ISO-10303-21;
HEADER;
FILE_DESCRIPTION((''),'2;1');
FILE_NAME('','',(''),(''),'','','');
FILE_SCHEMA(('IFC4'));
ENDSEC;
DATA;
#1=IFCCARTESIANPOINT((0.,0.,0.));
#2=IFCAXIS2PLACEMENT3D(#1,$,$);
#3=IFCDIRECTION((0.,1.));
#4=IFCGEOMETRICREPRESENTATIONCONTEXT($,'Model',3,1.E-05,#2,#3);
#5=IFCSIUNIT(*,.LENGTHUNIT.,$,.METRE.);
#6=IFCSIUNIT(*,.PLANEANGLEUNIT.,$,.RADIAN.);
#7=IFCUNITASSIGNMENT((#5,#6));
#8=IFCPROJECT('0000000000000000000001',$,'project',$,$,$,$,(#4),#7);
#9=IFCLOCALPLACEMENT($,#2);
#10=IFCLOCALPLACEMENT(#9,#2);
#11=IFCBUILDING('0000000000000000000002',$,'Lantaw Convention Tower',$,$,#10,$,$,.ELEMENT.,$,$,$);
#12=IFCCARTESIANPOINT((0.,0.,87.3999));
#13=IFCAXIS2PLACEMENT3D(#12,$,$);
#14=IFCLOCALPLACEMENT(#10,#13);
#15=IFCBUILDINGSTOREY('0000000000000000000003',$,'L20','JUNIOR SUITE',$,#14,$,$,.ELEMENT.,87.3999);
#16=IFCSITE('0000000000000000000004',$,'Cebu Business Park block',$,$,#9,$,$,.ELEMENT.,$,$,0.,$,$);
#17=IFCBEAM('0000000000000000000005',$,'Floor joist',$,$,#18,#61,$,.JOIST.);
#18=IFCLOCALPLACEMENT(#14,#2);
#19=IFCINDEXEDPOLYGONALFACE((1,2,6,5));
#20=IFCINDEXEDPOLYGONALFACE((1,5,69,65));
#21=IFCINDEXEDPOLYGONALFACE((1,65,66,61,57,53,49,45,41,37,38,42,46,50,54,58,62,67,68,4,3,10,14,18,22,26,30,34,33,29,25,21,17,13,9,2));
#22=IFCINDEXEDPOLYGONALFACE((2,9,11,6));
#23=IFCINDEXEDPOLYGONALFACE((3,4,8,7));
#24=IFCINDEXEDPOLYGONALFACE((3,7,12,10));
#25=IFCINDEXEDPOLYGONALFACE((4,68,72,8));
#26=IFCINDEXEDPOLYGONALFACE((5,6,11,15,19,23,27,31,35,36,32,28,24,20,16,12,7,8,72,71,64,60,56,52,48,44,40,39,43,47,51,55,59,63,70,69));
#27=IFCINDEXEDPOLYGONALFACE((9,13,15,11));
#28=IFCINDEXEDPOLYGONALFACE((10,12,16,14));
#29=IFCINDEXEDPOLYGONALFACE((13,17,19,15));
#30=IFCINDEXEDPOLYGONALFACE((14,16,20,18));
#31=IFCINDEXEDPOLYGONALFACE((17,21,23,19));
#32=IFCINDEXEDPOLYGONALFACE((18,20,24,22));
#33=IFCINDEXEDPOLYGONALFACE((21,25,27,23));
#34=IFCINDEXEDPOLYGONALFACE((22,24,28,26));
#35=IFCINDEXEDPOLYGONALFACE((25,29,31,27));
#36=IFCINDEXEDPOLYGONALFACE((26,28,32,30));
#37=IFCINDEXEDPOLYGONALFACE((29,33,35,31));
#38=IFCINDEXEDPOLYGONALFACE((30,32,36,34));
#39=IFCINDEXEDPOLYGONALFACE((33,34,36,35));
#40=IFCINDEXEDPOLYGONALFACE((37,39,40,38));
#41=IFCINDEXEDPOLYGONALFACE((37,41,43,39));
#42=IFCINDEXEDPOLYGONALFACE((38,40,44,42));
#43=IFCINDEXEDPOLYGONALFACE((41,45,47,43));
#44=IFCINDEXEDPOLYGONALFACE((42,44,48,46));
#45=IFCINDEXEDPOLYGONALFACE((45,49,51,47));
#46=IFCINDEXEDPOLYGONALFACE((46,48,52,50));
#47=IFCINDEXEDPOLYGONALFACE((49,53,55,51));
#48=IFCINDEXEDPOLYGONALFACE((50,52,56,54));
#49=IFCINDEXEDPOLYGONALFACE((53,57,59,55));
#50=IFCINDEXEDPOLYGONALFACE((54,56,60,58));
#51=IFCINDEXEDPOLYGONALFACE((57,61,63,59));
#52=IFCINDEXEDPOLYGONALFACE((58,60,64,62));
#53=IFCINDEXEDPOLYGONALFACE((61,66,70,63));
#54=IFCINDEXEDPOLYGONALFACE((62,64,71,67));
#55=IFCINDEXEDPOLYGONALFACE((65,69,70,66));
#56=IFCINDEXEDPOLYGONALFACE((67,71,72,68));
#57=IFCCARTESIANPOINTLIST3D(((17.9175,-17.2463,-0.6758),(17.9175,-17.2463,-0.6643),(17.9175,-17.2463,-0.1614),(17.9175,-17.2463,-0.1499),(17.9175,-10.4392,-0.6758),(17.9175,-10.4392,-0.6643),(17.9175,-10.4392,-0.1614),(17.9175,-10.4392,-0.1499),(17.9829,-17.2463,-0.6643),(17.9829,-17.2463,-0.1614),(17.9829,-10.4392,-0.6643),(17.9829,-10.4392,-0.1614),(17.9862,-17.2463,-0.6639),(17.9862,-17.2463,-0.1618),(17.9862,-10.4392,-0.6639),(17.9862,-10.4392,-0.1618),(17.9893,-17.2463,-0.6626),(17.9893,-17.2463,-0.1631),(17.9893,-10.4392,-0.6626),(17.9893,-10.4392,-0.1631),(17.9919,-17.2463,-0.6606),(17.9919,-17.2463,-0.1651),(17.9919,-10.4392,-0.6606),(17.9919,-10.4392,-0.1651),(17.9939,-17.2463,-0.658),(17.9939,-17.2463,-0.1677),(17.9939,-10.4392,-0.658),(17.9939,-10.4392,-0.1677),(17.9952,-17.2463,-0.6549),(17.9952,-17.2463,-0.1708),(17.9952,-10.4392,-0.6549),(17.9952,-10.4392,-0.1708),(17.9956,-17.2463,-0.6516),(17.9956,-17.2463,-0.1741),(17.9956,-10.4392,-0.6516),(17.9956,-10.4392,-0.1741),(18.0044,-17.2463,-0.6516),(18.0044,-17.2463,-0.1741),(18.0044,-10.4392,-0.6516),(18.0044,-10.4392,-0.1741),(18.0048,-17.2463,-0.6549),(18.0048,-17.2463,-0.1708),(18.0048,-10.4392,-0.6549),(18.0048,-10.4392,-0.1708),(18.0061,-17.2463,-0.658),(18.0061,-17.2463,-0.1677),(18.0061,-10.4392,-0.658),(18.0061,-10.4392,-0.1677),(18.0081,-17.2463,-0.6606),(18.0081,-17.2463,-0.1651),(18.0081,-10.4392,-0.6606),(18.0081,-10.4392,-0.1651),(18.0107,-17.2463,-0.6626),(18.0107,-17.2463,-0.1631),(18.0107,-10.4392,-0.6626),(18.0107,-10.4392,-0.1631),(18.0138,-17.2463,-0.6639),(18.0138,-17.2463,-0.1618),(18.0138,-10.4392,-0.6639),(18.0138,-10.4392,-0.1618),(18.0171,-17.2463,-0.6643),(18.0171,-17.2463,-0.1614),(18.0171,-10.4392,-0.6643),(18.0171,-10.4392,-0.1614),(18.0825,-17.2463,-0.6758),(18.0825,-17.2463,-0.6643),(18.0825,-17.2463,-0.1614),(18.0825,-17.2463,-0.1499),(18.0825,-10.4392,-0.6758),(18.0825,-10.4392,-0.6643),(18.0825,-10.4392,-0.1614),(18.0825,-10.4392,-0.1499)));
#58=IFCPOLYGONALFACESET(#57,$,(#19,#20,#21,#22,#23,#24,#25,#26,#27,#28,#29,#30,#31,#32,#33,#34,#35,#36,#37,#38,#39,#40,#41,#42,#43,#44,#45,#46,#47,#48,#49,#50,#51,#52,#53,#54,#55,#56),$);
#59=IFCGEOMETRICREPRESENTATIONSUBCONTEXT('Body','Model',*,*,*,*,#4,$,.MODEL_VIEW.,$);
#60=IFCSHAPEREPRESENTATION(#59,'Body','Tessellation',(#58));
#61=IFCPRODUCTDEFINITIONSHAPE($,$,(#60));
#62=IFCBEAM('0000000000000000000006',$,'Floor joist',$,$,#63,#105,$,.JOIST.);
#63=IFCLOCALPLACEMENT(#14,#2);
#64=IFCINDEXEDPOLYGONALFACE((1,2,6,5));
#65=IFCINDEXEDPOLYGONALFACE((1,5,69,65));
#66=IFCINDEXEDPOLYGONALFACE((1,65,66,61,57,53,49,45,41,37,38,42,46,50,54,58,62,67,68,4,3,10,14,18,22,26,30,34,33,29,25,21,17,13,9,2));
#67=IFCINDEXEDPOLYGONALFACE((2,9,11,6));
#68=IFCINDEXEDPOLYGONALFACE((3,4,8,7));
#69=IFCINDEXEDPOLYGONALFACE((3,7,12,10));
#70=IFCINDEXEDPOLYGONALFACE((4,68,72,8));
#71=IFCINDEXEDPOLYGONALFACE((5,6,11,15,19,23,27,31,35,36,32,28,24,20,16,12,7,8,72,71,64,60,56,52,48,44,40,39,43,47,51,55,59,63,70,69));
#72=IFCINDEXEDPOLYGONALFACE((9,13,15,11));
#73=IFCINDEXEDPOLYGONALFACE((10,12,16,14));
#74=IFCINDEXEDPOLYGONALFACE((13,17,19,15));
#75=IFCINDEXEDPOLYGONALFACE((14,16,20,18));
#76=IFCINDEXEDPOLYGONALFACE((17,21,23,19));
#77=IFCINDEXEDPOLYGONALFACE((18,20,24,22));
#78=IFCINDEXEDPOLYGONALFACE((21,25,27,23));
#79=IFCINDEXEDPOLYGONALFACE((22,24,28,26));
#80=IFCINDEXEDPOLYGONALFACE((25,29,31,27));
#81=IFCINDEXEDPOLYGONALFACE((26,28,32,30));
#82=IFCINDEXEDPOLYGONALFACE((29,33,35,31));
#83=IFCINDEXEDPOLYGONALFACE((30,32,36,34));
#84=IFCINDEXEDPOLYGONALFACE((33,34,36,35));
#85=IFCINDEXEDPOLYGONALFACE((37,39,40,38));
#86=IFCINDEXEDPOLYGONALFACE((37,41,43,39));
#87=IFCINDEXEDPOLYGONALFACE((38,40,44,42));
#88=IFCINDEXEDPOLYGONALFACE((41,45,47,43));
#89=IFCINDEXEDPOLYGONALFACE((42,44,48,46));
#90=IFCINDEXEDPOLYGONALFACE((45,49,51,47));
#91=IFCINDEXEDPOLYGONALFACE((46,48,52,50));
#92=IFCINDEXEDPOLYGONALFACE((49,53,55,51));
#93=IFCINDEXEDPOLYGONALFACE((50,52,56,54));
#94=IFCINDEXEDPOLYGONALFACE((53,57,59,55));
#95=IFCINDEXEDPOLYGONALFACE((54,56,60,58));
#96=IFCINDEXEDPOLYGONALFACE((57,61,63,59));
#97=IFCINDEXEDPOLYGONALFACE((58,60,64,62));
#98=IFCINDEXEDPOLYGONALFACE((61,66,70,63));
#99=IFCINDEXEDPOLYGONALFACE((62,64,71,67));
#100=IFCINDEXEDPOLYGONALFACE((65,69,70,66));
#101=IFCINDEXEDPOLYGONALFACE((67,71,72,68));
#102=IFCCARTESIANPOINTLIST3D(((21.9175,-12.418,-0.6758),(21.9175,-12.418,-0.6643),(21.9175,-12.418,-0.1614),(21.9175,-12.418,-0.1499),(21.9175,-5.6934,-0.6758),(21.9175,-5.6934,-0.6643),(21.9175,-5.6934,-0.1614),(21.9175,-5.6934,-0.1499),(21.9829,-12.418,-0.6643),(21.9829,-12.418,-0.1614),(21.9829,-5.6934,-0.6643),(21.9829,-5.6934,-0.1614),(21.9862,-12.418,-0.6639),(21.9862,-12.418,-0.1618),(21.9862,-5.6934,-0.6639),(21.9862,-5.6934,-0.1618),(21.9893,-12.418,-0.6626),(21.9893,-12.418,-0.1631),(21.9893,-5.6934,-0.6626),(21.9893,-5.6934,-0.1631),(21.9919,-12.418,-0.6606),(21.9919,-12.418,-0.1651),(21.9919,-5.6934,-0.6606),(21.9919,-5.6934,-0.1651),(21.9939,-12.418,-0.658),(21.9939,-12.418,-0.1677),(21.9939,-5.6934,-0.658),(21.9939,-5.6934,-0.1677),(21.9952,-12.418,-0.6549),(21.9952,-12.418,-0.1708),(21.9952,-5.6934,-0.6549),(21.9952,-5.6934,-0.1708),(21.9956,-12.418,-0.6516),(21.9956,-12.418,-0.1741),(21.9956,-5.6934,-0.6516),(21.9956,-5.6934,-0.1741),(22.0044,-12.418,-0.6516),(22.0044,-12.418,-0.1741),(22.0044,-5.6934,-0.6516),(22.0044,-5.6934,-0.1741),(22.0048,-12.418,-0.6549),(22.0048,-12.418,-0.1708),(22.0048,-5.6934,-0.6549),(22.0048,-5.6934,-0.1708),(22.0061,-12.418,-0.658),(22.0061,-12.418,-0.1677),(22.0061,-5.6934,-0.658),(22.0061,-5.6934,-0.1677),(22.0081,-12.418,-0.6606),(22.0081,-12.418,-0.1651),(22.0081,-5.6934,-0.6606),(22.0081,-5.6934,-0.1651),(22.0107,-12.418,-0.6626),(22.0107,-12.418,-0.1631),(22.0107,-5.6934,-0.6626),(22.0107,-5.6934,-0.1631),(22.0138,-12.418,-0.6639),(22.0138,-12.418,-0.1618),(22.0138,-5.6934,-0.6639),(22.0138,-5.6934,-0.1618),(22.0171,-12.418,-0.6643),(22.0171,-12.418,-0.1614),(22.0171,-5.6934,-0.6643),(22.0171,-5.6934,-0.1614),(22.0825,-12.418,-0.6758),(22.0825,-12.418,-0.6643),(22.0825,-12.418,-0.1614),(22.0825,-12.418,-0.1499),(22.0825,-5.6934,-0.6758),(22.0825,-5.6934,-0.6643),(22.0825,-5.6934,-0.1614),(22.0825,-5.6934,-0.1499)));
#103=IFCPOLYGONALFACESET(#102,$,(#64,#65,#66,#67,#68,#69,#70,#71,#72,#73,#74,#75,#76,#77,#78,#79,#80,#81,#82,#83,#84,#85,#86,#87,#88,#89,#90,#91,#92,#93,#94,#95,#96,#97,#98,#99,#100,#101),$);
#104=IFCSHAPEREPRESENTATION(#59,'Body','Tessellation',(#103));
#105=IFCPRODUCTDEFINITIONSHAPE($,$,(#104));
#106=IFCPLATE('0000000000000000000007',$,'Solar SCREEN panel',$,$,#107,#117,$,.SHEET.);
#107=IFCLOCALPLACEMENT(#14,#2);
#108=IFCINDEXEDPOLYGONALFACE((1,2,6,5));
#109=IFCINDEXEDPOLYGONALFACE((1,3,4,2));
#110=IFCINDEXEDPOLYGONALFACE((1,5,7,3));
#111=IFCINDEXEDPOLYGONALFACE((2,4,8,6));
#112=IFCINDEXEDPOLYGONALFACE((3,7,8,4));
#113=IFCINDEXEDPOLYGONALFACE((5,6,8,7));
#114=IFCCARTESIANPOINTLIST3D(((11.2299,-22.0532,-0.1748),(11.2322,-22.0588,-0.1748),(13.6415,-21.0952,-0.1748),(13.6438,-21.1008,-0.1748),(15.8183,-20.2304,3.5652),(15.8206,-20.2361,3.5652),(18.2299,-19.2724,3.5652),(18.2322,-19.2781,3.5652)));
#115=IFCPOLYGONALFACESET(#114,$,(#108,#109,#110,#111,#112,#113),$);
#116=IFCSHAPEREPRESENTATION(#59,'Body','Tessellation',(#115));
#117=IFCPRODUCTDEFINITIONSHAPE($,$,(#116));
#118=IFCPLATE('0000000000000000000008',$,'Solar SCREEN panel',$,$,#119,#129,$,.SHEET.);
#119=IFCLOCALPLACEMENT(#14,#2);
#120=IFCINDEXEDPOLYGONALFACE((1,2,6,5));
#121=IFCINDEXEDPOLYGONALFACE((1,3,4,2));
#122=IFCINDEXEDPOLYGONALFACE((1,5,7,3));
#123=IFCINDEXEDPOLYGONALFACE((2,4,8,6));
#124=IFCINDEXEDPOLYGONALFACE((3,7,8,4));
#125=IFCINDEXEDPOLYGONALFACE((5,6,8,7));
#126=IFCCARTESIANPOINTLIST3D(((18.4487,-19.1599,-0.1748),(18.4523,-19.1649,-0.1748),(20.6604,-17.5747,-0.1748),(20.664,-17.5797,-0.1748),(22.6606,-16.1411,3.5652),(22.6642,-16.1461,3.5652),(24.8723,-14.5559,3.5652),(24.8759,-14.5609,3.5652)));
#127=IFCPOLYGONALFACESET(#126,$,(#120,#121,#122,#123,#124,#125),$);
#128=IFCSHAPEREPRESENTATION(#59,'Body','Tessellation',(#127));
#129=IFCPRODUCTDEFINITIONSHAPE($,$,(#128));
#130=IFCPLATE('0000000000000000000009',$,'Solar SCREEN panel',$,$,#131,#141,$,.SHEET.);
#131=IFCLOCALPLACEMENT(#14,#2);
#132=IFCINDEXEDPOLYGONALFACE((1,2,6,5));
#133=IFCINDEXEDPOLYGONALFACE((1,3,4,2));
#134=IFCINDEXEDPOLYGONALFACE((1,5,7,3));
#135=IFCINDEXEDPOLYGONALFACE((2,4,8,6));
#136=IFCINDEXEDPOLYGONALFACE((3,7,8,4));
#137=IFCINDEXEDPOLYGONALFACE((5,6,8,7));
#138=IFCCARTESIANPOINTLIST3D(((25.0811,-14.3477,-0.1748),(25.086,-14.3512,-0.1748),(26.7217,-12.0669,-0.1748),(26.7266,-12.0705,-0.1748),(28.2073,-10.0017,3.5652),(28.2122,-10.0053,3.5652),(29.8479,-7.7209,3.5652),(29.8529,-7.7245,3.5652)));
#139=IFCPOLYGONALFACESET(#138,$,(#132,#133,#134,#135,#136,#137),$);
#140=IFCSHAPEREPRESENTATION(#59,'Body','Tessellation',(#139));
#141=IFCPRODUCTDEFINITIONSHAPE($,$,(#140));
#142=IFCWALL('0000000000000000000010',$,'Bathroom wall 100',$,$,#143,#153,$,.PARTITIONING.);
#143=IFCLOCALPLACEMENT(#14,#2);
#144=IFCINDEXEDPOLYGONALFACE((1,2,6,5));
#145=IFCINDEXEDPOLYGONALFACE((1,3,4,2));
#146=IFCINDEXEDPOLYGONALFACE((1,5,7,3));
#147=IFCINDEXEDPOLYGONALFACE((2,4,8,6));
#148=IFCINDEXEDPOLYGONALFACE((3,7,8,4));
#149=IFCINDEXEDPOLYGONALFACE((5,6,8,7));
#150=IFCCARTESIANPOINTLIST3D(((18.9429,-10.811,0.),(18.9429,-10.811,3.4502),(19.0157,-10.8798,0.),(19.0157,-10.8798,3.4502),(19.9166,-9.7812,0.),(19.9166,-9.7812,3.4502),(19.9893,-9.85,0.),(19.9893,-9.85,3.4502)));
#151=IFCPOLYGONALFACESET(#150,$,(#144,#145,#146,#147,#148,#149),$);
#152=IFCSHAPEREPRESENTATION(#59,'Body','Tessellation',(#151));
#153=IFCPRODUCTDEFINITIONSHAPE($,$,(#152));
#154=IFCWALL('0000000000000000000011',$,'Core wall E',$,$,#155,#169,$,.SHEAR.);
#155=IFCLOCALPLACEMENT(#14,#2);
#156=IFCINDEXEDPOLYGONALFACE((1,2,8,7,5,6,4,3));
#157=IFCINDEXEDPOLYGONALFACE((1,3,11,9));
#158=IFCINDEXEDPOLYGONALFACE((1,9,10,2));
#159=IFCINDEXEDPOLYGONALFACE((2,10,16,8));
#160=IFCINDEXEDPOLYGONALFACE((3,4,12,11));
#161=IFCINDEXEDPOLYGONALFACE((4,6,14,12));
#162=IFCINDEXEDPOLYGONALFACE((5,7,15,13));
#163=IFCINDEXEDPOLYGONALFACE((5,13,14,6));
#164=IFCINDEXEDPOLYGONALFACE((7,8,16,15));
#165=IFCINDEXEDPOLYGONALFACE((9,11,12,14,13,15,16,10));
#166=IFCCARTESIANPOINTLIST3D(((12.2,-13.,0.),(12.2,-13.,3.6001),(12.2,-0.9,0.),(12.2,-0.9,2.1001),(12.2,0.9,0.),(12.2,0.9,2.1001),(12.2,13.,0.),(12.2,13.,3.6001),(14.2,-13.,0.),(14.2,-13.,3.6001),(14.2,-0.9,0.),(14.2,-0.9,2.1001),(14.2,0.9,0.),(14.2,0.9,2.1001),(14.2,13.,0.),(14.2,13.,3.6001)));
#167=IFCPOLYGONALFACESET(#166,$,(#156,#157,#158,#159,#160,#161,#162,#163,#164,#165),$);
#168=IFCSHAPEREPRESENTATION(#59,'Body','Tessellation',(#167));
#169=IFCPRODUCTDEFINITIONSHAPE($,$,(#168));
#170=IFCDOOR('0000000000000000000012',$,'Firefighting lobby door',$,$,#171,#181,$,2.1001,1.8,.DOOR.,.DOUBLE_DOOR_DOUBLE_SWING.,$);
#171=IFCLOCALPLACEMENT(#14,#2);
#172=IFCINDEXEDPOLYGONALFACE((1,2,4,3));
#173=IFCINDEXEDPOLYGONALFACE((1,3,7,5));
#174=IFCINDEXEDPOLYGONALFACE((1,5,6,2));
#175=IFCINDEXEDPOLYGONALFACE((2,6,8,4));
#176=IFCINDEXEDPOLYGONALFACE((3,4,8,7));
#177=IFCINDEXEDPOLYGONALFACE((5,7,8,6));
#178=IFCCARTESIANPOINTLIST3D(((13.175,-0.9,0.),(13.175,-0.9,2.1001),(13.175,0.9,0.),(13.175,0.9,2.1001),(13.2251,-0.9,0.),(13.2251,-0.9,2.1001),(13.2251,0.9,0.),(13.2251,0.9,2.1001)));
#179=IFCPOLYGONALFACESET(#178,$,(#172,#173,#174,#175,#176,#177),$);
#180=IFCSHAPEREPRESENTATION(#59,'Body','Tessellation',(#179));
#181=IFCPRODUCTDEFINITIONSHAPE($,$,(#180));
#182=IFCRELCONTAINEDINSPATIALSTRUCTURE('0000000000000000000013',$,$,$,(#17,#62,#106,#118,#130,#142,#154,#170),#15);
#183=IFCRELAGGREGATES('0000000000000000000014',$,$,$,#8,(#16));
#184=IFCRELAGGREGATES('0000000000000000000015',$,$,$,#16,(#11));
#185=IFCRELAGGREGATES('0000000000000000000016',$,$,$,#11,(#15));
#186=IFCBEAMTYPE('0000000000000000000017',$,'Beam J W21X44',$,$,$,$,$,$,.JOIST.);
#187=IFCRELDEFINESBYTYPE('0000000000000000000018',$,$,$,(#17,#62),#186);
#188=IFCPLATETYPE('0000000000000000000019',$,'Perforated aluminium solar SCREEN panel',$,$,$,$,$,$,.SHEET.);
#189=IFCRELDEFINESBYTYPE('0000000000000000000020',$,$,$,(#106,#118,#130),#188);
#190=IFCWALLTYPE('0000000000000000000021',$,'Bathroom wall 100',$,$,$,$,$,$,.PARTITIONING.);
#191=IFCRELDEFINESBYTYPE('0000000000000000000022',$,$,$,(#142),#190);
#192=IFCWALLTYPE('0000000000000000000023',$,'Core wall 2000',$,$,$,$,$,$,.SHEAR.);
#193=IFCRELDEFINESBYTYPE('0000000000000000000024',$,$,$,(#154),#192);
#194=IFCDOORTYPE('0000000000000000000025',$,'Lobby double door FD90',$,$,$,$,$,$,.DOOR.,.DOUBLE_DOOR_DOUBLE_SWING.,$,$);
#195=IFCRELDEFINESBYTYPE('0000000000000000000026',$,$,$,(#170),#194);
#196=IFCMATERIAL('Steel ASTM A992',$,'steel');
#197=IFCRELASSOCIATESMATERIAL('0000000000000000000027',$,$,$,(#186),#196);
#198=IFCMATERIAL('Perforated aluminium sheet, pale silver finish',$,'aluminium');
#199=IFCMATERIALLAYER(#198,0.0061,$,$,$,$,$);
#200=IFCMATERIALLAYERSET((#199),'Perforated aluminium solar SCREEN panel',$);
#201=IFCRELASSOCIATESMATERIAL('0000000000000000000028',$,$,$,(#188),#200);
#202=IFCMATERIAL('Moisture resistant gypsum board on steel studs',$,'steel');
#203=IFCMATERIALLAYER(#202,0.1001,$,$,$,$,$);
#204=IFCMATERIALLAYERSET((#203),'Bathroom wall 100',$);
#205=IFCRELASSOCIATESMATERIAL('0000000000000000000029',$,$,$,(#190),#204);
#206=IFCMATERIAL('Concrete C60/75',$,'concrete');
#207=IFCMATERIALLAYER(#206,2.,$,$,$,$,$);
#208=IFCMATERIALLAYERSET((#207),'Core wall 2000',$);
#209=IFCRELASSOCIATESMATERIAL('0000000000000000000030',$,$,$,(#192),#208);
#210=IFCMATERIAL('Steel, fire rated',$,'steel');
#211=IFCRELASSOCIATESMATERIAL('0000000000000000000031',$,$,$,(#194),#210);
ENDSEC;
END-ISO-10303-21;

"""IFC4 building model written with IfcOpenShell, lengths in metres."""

from ifc_helpers import new_model, si_unit, direction, frame, frame_2d, origin, origin_2d, place, context, subcontext, project, spatial, polyline, rectangle, i_section, outline, extrude, material, layer, layer_set, material_profile, profile_set, type_object, element, fill, save


model = new_model("IFC4")

# Units and contexts
model_context = context("Model", 3, precision=1e-05, world=origin(), true_north=direction((0.0, 1.0)))
body_context = subcontext(model_context, "Body", "Model", "MODEL_VIEW")
ifc_project = project(units=[si_unit("LENGTHUNIT", "METRE"), si_unit("PLANEANGLEUNIT", "RADIAN")], contexts=[model_context])

# Site, building, storey
site_placement = place(None, origin())
site = spatial("IfcSite", under=ifc_project, at=site_placement, Name="Cebu Business Park block", CompositionType="ELEMENT", RefElevation=0.0)
building_placement = place(site_placement, origin())
building = spatial("IfcBuilding", under=site, at=building_placement, Name="Lantaw Convention Tower", CompositionType="ELEMENT")
storey_placement = place(building_placement, frame((0.0, 0.0, 87.3999)))
storey = spatial("IfcBuildingStorey", under=building, at=storey_placement, Name="L20", Description="JUNIOR SUITE", CompositionType="ELEMENT", Elevation=87.3999)

# Shared definitions
ifc_material_1 = material(Name="Concrete C60/75", Category="concrete")

# Beams
ifc_material_2 = material(Name="Steel ASTM A992", Category="steel")
ifc_material_profile_1 = material_profile(ifc_material_2, i_section(OverallWidth=0.165, OverallDepth=0.5259, WebThickness=0.0088, FlangeThickness=0.0115, FilletRadius=0.0127, at=origin_2d()), Name="W21X44")
ifc_profile_set_1 = profile_set([ifc_material_profile_1], Name="Steel ASTM A992")
beam_type_1 = type_object("IfcBeamType", Name="Beam J W21X44", PredefinedType="JOIST", material=ifc_profile_set_1)
beam_1_placement = place(storey_placement, frame((18.0, -17.2463, -0.4128), z_axis=(0.0, 1.0, 0.0), x_axis=(-1.0, 0.0, 0.0)))
element("IfcBeam", 1, at=beam_1_placement, inside=storey, type_object=beam_type_1, Name="Floor joist", PredefinedType="JOIST", context=body_context, shape_type="SweptSolid", body=[
    extrude(i_section(OverallWidth=0.165, OverallDepth=0.5259, WebThickness=0.0088, FlangeThickness=0.0115, FilletRadius=0.0127, at=origin_2d()), origin(), (0.0, 0.0, 1.0), 6.8071),
])
beam_2_placement = place(storey_placement, frame((22.0, -12.418, -0.4128), z_axis=(0.0, 1.0, 0.0), x_axis=(-1.0, 0.0, 0.0)))
element("IfcBeam", 2, at=beam_2_placement, inside=storey, type_object=beam_type_1, Name="Floor joist", PredefinedType="JOIST", context=body_context, shape_type="SweptSolid", body=[
    extrude(i_section(OverallWidth=0.165, OverallDepth=0.5259, WebThickness=0.0088, FlangeThickness=0.0115, FilletRadius=0.0127, at=origin_2d()), origin(), (0.0, 0.0, 1.0), 6.7246),
])

# Plates
ifc_material_3 = material(Name="Perforated aluminium sheet, pale silver finish", Category="aluminium")
ifc_layer_1 = layer(ifc_material_3, 0.0061)
ifc_layer_set_1 = layer_set([ifc_layer_1], Name="Perforated aluminium solar SCREEN panel")
plate_type = type_object("IfcPlateType", Name="Perforated aluminium solar SCREEN panel", PredefinedType="SHEET", material=ifc_layer_set_1)
plate_1_placement = place(storey_placement, frame((11.2322, -22.0588, -0.1748), z_axis=(0.369184, -0.929357, 0.000009), x_axis=(0.929357, 0.369184, 0.0)))
element("IfcPlate", 3, at=plate_1_placement, inside=storey, type_object=plate_type, Name="Solar SCREEN panel", PredefinedType="SHEET", context=body_context, shape_type="SweptSolid", body=[
    extrude(outline(polyline([(0.0, 0.0), (2.5949, 0.0), (7.5321, 3.74), (4.9372, 3.74), (0.0, 0.0)])), origin(), (0.0, 0.0, -1.0), 0.0061),
])
plate_2_placement = place(storey_placement, frame((18.4487, -19.1599, -0.1748), z_axis=(-0.582561, 0.812787, 0.000016), x_axis=(0.812787, 0.582561, 0.0)))
element("IfcPlate", 4, at=plate_2_placement, inside=storey, type_object=plate_type, Name="Solar SCREEN panel", PredefinedType="SHEET", context=body_context, shape_type="SweptSolid", body=[
    extrude(outline(polyline([(0.0, 0.0), (2.7211, 0.0), (7.9031, -3.74), (5.182, -3.74), (0.0, 0.0)])), origin(), (0.0, 0.0, -1.0), 0.0061),
])
plate_3_placement = place(storey_placement, frame((25.0811, -14.3477, -0.1748), z_axis=(-0.811791, 0.583948, 0.000009), x_axis=(0.583948, 0.811791, 0.0)))
element("IfcPlate", 5, at=plate_3_placement, inside=storey, type_object=plate_type, Name="Solar SCREEN panel", PredefinedType="SHEET", context=body_context, shape_type="SweptSolid", body=[
    extrude(outline(polyline([(0.0, 0.0), (2.8095, 0.0), (8.1631, -3.74), (5.3536, -3.74), (0.0, 0.0)])), origin(), (0.0, 0.0, -1.0), 0.0061),
])

# Wall
ifc_material_4 = material(Name="Moisture resistant gypsum board on steel studs", Category="steel")
ifc_layer_2 = layer(ifc_material_4, 0.1001)
ifc_layer_set_2 = layer_set([ifc_layer_2], Name="Bathroom wall 100")
wall_type_1 = type_object("IfcWallType", Name="Bathroom wall 100", PredefinedType="PARTITIONING", material=ifc_layer_set_2)
wall_1_placement = place(storey_placement, frame((19.9529, -9.8157, 0.0), z_axis=(0.0, 0.0, 1.0), x_axis=(-0.687018, -0.72664, 0.0)))
element("IfcWall", 6, at=wall_1_placement, inside=storey, type_object=wall_type_1, Name="Bathroom wall 100", PredefinedType="PARTITIONING", context=body_context, shape_type="SweptSolid", body=[
    extrude(rectangle(XDim=1.4172, YDim=0.1001, at=frame_2d((0.7085, 0.0))), origin(), (0.0, 0.0, 1.0), 3.4502),
])

# Wall, opening, door
ifc_layer_3 = layer(ifc_material_1, 2.0)
ifc_layer_set_3 = layer_set([ifc_layer_3], Name="Core wall 2000")
wall_type_2 = type_object("IfcWallType", Name="Core wall 2000", PredefinedType="SHEAR", material=ifc_layer_set_3)
wall_2_placement = place(storey_placement, frame((13.2, -13.0, 0.0), z_axis=(0.0, 0.0, 1.0), x_axis=(0.0, 1.0, 0.0)))
wall_2 = element("IfcWall", 7, at=wall_2_placement, inside=storey, type_object=wall_type_2, Name="Core wall E", PredefinedType="SHEAR", context=body_context, shape_type="SweptSolid", body=[
    extrude(rectangle(XDim=26.0, YDim=2.0, at=frame_2d((13.0, 0.0))), origin(), (0.0, 0.0, 1.0), 3.6001),
])
opening_1_placement = place(wall_2_placement, frame((12.1001, 0.0, 0.0)))
opening_1 = element("IfcOpeningElement", 8, at=opening_1_placement, cuts=wall_2, PredefinedType="OPENING", context=body_context, shape_type="SweptSolid", body=[
    extrude(rectangle(XDim=1.8, YDim=2.1001, at=frame_2d((0.8999, 1.05))), frame((0.0, 1.01, 0.0), z_axis=(0.0, -1.0, 0.0), x_axis=(1.0, 0.0, 0.0)), (0.0, 0.0, 1.0), 2.02),
])
ifc_material_5 = material(Name="Steel, fire rated", Category="steel")
door_type = type_object("IfcDoorType", Name="Lobby double door FD90", OperationType="DOUBLE_DOOR_DOUBLE_SWING", PredefinedType="DOOR", material=ifc_material_5)
door_placement = place(opening_1_placement, origin())
door = element("IfcDoor", 9, at=door_placement, inside=storey, type_object=door_type, Name="Firefighting lobby door", OperationType="DOUBLE_DOOR_DOUBLE_SWING", OverallHeight=2.1001, OverallWidth=1.8, PredefinedType="DOOR", context=body_context, shape_type="SweptSolid", body=[
    extrude(rectangle(XDim=1.8, YDim=2.1001, at=frame_2d((0.8999, 1.05))), frame((0.0, 0.0249, 0.0), z_axis=(0.0, -1.0, 0.0), x_axis=(1.0, 0.0, 0.0)), (0.0, 0.0, 1.0), 0.05),
])
fill(opening_1, door)

save(model, "model.ifc")
